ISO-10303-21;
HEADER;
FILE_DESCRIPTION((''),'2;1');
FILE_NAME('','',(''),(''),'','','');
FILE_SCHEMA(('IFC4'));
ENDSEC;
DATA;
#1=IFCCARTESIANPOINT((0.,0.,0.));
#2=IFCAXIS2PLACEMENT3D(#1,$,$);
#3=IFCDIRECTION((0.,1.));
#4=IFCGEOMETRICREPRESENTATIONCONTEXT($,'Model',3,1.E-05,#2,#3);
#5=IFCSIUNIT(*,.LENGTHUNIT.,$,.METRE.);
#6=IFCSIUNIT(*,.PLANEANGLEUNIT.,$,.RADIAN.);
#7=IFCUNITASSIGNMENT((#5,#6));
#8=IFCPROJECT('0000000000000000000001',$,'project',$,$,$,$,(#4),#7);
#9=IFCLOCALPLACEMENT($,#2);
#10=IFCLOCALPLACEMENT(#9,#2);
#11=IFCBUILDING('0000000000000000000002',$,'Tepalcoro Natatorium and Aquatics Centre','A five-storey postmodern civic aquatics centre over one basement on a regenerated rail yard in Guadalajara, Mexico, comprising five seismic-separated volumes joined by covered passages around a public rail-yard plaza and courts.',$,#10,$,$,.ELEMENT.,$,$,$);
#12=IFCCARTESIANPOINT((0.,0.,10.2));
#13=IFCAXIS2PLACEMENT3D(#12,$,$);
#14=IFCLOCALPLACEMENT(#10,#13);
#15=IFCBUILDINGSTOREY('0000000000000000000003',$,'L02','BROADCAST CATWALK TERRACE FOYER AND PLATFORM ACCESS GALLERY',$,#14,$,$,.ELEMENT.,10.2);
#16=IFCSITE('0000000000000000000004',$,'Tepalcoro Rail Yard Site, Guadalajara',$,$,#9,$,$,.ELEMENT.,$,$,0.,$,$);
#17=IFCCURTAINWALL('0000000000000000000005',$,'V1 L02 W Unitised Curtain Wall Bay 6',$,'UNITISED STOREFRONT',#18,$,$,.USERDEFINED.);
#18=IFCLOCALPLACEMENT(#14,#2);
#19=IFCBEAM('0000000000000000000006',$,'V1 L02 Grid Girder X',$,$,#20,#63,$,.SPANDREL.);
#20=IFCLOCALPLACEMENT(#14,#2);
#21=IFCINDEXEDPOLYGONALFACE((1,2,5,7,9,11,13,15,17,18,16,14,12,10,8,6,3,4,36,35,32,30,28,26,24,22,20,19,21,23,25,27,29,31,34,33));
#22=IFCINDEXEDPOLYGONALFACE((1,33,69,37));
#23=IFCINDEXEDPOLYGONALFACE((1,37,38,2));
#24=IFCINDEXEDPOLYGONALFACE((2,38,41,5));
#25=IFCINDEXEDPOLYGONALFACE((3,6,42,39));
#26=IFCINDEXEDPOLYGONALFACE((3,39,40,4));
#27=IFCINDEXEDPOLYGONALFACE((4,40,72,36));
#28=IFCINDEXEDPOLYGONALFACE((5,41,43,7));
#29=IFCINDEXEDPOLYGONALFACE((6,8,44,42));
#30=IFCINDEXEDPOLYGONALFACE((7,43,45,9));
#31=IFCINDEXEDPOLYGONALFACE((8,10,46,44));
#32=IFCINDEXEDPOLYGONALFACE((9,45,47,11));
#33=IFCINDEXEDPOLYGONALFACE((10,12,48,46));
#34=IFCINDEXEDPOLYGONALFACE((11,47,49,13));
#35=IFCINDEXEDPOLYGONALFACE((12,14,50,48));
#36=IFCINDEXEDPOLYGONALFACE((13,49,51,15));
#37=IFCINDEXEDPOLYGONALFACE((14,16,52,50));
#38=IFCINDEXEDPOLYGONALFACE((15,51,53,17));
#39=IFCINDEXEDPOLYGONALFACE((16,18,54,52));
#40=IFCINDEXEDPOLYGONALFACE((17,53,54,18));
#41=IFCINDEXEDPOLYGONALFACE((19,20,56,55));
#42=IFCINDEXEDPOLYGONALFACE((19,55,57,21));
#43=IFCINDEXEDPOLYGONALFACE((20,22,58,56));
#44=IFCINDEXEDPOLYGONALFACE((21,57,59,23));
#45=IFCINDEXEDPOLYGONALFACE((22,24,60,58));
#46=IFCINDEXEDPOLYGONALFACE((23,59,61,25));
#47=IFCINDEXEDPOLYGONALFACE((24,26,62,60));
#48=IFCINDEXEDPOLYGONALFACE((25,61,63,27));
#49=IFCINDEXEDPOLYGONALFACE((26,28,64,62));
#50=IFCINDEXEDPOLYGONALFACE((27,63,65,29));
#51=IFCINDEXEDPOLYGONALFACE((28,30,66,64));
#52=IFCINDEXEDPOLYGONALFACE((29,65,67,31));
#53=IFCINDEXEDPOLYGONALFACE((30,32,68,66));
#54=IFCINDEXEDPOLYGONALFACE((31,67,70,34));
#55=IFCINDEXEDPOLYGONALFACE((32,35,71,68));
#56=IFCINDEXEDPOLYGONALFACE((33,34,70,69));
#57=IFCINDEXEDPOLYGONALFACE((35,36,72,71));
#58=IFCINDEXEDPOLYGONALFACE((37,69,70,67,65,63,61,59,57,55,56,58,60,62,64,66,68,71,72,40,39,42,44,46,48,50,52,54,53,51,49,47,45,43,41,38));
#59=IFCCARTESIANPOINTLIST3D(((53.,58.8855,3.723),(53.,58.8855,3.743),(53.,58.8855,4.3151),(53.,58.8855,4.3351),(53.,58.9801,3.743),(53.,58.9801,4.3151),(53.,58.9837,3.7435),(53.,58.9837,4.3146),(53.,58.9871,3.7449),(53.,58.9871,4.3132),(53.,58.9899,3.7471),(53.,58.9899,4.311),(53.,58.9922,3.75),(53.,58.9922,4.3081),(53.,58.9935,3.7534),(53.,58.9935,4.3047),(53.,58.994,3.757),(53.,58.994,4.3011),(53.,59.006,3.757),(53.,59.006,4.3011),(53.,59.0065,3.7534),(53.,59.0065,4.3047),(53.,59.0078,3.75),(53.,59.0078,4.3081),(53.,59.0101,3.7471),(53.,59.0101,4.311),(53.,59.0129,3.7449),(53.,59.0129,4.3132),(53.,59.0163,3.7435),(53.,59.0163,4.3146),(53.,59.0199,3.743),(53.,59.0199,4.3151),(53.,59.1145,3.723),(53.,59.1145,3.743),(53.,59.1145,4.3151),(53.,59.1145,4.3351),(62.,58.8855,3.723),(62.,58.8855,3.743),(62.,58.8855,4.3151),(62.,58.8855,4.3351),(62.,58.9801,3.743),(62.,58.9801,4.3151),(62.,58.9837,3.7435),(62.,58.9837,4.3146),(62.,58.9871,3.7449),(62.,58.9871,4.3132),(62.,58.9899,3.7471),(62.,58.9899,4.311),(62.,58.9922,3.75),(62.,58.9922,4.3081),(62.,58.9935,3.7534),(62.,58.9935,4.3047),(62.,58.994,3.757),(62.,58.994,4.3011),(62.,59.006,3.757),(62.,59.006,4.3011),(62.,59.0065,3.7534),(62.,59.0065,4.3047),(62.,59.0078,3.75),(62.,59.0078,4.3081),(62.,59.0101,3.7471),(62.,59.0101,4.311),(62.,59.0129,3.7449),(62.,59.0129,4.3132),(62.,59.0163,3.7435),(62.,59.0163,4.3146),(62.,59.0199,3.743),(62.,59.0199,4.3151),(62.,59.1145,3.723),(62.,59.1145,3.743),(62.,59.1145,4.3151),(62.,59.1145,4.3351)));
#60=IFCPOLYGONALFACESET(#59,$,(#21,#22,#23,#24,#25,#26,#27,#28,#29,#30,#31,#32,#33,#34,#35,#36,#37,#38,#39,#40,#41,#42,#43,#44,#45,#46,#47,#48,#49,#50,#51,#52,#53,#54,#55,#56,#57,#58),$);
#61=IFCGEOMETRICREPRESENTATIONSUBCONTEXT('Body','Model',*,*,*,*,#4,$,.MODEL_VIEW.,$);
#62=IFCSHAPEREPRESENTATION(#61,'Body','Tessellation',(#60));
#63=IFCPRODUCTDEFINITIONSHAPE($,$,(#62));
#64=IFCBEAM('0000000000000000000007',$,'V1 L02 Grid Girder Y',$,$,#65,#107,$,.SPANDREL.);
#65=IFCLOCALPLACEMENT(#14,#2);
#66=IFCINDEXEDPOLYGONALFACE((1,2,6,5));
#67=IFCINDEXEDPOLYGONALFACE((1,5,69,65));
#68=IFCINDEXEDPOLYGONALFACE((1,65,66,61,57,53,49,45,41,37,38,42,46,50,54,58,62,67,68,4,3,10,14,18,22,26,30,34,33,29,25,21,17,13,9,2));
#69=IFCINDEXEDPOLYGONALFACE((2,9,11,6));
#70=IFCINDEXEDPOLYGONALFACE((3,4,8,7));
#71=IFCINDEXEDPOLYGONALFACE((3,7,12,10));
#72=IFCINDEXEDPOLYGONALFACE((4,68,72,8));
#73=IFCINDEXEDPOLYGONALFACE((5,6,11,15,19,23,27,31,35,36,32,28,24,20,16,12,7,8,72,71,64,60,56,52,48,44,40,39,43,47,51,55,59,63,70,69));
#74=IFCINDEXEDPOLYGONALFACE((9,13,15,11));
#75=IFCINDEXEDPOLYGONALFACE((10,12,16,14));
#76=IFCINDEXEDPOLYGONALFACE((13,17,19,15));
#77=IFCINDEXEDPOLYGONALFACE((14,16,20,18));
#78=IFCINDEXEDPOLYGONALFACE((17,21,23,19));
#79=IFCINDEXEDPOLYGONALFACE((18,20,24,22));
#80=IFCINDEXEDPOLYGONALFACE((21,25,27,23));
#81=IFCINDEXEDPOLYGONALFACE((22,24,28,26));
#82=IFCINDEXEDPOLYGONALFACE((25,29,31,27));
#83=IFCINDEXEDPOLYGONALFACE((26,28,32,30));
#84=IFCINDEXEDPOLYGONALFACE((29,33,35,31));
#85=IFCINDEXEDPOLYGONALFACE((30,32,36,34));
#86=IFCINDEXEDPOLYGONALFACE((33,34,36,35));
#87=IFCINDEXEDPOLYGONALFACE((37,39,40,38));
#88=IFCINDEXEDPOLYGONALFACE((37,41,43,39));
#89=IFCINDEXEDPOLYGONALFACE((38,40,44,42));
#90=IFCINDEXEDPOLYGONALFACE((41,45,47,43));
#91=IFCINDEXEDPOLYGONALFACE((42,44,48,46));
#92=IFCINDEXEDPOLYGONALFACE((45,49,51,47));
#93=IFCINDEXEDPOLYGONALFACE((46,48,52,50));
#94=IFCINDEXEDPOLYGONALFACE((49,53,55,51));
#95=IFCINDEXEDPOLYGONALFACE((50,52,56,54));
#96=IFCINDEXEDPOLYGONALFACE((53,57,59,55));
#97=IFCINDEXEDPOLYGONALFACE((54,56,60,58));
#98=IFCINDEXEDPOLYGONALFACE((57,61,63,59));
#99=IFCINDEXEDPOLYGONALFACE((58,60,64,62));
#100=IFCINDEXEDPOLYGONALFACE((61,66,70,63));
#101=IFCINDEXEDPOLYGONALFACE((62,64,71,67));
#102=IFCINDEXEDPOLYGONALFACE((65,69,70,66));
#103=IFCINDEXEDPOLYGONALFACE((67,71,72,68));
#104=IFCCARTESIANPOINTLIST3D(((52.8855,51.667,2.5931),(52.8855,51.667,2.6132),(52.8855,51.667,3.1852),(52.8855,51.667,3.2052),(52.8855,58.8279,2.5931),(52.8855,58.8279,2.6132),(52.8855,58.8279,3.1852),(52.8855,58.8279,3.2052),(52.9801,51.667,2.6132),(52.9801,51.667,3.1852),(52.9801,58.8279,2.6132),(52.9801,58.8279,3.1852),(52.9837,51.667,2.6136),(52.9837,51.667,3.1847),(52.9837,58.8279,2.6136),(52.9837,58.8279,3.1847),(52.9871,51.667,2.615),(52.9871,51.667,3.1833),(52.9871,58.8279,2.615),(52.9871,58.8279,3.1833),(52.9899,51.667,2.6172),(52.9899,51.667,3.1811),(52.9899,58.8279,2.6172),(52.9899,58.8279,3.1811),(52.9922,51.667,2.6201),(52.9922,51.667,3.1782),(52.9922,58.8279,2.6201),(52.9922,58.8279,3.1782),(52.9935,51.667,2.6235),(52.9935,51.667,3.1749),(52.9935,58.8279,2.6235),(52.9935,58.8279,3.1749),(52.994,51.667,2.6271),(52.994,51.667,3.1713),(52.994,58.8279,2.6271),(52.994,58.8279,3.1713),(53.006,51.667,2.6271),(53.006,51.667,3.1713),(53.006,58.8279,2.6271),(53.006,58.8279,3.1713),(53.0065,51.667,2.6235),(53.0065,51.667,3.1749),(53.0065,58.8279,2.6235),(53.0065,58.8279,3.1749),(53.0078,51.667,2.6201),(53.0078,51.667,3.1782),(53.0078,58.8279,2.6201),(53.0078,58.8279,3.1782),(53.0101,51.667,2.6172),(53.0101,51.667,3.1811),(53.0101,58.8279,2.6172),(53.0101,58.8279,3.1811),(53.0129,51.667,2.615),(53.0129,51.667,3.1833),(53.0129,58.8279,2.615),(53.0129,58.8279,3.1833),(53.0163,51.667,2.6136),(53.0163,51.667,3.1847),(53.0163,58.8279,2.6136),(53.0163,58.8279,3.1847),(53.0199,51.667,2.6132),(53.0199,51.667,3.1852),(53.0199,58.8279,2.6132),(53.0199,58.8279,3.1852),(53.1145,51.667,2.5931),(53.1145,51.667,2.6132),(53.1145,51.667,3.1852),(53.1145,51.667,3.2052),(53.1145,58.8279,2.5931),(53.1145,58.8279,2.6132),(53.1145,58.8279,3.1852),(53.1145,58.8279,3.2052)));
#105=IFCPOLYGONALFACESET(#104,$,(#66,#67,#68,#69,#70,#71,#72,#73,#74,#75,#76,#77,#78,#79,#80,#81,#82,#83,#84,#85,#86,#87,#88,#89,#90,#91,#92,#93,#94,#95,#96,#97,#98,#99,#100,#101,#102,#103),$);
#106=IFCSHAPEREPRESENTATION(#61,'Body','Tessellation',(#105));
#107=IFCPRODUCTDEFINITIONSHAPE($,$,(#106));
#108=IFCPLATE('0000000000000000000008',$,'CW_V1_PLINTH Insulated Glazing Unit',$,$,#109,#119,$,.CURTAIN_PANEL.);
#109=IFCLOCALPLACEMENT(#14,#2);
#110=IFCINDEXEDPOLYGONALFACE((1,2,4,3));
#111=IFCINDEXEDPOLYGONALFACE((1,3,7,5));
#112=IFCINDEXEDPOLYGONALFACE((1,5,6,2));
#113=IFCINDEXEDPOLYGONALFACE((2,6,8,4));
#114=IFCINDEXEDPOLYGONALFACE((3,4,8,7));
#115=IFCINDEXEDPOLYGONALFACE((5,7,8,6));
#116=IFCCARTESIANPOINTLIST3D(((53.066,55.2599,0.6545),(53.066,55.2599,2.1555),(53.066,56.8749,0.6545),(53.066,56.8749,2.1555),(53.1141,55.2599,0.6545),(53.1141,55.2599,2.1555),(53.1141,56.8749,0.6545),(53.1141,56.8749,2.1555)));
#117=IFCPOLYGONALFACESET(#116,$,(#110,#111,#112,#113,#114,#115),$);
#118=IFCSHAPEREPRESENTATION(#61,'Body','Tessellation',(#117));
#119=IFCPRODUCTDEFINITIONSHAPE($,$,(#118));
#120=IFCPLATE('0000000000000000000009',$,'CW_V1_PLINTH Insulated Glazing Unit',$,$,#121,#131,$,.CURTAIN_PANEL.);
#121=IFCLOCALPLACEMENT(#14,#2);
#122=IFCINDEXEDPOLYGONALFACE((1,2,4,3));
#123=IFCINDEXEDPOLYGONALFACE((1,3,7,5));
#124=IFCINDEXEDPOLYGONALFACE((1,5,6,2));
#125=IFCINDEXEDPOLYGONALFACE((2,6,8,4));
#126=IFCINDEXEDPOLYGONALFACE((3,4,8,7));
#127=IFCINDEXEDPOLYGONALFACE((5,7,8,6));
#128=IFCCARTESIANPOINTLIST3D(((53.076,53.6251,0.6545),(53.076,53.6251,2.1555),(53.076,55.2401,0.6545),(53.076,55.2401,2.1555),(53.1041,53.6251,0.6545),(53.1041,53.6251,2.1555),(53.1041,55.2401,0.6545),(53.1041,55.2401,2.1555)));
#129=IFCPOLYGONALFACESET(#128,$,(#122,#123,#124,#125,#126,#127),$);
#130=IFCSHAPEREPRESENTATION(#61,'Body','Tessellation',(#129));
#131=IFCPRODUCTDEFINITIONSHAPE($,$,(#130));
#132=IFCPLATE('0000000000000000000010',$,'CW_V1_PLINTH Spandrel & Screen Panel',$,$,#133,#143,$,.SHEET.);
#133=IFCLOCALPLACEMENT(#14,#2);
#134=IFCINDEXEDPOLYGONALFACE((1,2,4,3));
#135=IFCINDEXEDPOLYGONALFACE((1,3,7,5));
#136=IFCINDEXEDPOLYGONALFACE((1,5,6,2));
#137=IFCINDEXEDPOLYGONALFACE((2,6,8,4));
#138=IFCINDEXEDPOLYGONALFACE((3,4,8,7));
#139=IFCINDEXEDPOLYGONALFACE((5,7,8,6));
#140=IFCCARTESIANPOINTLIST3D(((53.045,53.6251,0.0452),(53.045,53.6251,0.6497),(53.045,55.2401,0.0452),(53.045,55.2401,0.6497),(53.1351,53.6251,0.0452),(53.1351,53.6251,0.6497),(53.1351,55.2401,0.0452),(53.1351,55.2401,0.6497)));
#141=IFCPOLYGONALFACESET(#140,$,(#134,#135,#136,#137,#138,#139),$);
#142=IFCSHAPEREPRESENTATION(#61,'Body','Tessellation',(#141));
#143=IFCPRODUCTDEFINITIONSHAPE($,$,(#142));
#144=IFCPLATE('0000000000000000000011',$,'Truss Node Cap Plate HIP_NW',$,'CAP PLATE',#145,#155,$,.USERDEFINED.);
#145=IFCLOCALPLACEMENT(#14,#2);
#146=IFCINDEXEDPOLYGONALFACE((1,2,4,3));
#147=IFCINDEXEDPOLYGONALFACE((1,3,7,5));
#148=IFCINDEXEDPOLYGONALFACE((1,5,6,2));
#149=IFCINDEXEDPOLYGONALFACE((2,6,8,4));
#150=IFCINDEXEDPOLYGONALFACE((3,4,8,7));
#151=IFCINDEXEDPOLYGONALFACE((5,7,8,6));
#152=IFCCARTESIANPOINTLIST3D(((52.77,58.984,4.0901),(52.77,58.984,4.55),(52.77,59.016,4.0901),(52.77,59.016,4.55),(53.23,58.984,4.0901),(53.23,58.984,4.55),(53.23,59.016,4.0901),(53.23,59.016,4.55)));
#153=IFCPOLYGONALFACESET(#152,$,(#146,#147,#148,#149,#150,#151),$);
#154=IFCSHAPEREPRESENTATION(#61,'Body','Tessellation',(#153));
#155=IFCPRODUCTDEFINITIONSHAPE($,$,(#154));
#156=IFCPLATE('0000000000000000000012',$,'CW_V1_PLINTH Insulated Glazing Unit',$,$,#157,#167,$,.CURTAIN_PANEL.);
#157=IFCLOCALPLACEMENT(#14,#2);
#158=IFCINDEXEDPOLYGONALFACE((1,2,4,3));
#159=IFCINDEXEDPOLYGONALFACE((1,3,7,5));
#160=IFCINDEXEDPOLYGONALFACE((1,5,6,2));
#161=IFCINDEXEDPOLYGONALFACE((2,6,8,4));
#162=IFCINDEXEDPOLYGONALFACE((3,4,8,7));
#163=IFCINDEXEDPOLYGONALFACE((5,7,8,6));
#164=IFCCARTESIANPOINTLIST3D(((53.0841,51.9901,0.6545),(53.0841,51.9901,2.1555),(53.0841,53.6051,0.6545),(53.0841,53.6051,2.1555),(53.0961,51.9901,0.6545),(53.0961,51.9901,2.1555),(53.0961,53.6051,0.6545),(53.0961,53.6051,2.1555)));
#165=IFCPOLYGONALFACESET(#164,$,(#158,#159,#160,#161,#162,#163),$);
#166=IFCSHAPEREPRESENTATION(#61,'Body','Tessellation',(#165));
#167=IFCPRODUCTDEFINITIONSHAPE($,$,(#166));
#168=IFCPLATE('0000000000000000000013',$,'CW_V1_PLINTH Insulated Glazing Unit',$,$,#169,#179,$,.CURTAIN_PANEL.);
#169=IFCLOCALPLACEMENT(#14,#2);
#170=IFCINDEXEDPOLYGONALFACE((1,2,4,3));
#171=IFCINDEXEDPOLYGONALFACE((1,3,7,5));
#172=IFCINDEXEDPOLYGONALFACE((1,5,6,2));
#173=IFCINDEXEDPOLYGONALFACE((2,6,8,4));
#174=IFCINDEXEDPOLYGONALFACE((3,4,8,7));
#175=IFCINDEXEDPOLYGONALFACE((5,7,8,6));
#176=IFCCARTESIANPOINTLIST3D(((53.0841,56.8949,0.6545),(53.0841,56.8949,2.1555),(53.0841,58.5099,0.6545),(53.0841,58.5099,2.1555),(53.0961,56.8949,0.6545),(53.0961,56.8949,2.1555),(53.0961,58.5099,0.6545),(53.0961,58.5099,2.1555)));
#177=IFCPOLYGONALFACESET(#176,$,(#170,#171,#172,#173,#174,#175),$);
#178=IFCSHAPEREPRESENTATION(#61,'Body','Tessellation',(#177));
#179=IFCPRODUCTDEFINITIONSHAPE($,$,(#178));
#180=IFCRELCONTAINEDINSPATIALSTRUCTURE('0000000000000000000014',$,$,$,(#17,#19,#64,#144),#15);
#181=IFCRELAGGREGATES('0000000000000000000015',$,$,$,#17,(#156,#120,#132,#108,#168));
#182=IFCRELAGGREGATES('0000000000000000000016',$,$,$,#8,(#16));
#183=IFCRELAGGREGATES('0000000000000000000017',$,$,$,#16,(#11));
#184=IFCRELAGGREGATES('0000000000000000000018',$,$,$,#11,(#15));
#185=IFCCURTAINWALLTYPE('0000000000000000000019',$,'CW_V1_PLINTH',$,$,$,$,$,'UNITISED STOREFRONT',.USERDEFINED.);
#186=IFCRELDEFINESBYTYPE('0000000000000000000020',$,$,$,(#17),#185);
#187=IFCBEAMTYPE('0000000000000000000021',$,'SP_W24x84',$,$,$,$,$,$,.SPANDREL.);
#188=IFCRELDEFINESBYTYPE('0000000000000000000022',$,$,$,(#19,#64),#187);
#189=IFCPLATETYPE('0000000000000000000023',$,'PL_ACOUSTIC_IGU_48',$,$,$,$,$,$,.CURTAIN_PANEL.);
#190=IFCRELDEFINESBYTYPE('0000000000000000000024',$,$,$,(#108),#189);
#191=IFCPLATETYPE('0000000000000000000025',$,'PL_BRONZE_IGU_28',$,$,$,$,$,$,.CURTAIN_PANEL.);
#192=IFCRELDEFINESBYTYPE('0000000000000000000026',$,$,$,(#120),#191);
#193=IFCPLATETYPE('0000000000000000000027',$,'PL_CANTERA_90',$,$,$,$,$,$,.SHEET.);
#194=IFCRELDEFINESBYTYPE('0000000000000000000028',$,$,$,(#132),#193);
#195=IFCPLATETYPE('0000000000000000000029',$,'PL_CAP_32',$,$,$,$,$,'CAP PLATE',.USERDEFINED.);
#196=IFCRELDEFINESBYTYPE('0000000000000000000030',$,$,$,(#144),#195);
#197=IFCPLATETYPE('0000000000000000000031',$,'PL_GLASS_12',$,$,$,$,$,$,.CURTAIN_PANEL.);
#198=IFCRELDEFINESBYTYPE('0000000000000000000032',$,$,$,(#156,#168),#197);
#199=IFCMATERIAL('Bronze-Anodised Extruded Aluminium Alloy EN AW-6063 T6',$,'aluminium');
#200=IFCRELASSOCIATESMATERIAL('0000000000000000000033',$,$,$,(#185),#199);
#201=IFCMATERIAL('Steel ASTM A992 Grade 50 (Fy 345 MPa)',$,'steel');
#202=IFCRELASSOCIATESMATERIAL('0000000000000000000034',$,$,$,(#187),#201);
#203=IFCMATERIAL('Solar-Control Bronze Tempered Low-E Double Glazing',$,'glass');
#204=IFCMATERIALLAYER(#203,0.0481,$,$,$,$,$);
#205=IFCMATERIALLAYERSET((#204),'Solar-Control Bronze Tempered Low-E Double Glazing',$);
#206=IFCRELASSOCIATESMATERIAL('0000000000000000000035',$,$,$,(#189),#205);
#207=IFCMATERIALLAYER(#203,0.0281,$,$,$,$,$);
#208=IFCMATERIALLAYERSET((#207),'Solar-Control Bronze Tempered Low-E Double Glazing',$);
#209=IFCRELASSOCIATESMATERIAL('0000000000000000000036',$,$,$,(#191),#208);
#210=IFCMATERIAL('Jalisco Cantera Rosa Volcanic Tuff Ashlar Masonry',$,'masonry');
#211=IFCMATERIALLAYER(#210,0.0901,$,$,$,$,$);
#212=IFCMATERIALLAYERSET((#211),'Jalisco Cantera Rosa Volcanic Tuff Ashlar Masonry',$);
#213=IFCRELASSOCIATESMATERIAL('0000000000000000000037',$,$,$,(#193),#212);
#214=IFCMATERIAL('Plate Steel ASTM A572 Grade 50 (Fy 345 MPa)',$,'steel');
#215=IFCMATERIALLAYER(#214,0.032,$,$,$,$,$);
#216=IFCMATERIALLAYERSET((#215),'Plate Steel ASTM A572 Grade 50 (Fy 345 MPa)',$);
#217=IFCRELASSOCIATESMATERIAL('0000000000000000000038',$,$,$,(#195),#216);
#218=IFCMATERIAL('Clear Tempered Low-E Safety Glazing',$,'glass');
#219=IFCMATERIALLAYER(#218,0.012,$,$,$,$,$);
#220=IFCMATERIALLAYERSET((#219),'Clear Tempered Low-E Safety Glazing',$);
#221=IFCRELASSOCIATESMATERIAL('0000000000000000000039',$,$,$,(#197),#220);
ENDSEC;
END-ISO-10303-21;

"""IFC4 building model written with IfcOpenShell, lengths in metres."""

from ifc_helpers import new_model, si_unit, direction, frame, origin, origin_2d, place, context, subcontext, project, spatial, rectangle, i_section, extrude, material, layer, layer_set, material_profile, profile_set, type_object, element, aggregate, save


model = new_model("IFC4")

# Units and contexts
model_context = context("Model", 3, precision=1e-05, world=origin(), true_north=direction((0.0, 1.0)))
body_context = subcontext(model_context, "Body", "Model", "MODEL_VIEW")
ifc_project = project(units=[si_unit("LENGTHUNIT", "METRE"), si_unit("PLANEANGLEUNIT", "RADIAN")], contexts=[model_context])

# Site, building, storey
site_placement = place(None, origin())
site = spatial("IfcSite", under=ifc_project, at=site_placement, Name="Tepalcoro Rail Yard Site, Guadalajara", CompositionType="ELEMENT", RefElevation=0.0)
building_placement = place(site_placement, origin())
building = spatial("IfcBuilding", under=site, at=building_placement, Name="Tepalcoro Natatorium and Aquatics Centre", Description="A five-storey postmodern civic aquatics centre over one basement on a regenerated rail yard in Guadalajara, Mexico, comprising five seismic-separated volumes joined by covered passages around a public rail-yard plaza and courts.", CompositionType="ELEMENT")
storey_placement = place(building_placement, frame((0.0, 0.0, 10.2)))
storey = spatial("IfcBuildingStorey", under=building, at=storey_placement, Name="L02", Description="BROADCAST CATWALK TERRACE FOYER AND PLATFORM ACCESS GALLERY", CompositionType="ELEMENT", Elevation=10.2)

# Shared definitions
ifc_material_1 = material(Name="Steel ASTM A992 Grade 50 (Fy 345 MPa)", Category="steel")

# Curtain wall
ifc_material_2 = material(Name="Bronze-Anodised Extruded Aluminium Alloy EN AW-6063 T6", Category="aluminium")
curtain_wall_type = type_object("IfcCurtainWallType", Name="CW_V1_PLINTH", ElementType="UNITISED STOREFRONT", PredefinedType="USERDEFINED", material=ifc_material_2)
curtain_wall_placement = place(storey_placement, origin())
curtain_wall = element("IfcCurtainWall", 1, at=curtain_wall_placement, inside=storey, type_object=curtain_wall_type, Name="V1 L02 W Unitised Curtain Wall Bay 6", ObjectType="UNITISED STOREFRONT", PredefinedType="USERDEFINED")

# Beams
ifc_material_profile_1 = material_profile(ifc_material_1, i_section(OverallWidth=0.229, OverallDepth=0.6121, WebThickness=0.012, FlangeThickness=0.02, FilletRadius=0.0139, at=origin_2d()), Name="W24X84")
ifc_profile_set_1 = profile_set([ifc_material_profile_1], Name="Steel ASTM A992 Grade 50 (Fy 345 MPa)")
beam_type_1 = type_object("IfcBeamType", Name="SP_W24x84", PredefinedType="SPANDREL", material=ifc_profile_set_1)
beam_1_placement = place(storey_placement, frame((53.0, 59.0, 4.0291), z_axis=(1.0, 0.0, 0.0), x_axis=(0.0, 1.0, 0.0)))
element("IfcBeam", 2, at=beam_1_placement, inside=storey, type_object=beam_type_1, Name="V1 L02 Grid Girder X", PredefinedType="SPANDREL", context=body_context, shape_type="SweptSolid", body=[
    extrude(i_section(OverallWidth=0.229, OverallDepth=0.6121, WebThickness=0.012, FlangeThickness=0.02, FilletRadius=0.0139, at=origin_2d()), origin(), (0.0, 0.0, 1.0), 9.0),
])
beam_2_placement = place(storey_placement, frame((53.0, 51.667, 2.8992), z_axis=(0.0, 1.0, 0.0), x_axis=(-1.0, 0.0, 0.0)))
element("IfcBeam", 3, at=beam_2_placement, inside=storey, type_object=beam_type_1, Name="V1 L02 Grid Girder Y", PredefinedType="SPANDREL", context=body_context, shape_type="SweptSolid", body=[
    extrude(i_section(OverallWidth=0.229, OverallDepth=0.6121, WebThickness=0.012, FlangeThickness=0.02, FilletRadius=0.0139, at=origin_2d()), origin(), (0.0, 0.0, 1.0), 7.1609),
])

# Plates
ifc_material_3 = material(Name="Solar-Control Bronze Tempered Low-E Double Glazing", Category="glass")
ifc_layer_1 = layer(ifc_material_3, 0.0481)
ifc_layer_set_1 = layer_set([ifc_layer_1], Name="Solar-Control Bronze Tempered Low-E Double Glazing")
plate_type_1 = type_object("IfcPlateType", Name="PL_ACOUSTIC_IGU_48", PredefinedType="CURTAIN_PANEL", material=ifc_layer_set_1)
plate_1_placement = place(storey_placement, frame((53.0901, 56.0674, 0.6545), z_axis=(0.0, 0.0, 1.0), x_axis=(1.0, 0.0, 0.0)))
plate_1 = element("IfcPlate", 4, at=plate_1_placement, type_object=plate_type_1, Name="CW_V1_PLINTH Insulated Glazing Unit", PredefinedType="CURTAIN_PANEL", context=body_context, shape_type="SweptSolid", body=[
    extrude(rectangle(XDim=0.0481, YDim=1.615, at=origin_2d()), origin(), (0.0, 0.0, 1.0), 1.501),
])
ifc_layer_2 = layer(ifc_material_3, 0.0281)
ifc_layer_set_2 = layer_set([ifc_layer_2], Name="Solar-Control Bronze Tempered Low-E Double Glazing")
plate_type_2 = type_object("IfcPlateType", Name="PL_BRONZE_IGU_28", PredefinedType="CURTAIN_PANEL", material=ifc_layer_set_2)
plate_2_placement = place(storey_placement, frame((53.0901, 54.4326, 0.6545), z_axis=(0.0, 0.0, 1.0), x_axis=(1.0, 0.0, 0.0)))
plate_2 = element("IfcPlate", 5, at=plate_2_placement, type_object=plate_type_2, Name="CW_V1_PLINTH Insulated Glazing Unit", PredefinedType="CURTAIN_PANEL", context=body_context, shape_type="SweptSolid", body=[
    extrude(rectangle(XDim=0.0281, YDim=1.615, at=origin_2d()), origin(), (0.0, 0.0, 1.0), 1.501),
])
ifc_material_4 = material(Name="Jalisco Cantera Rosa Volcanic Tuff Ashlar Masonry", Category="masonry")
ifc_layer_3 = layer(ifc_material_4, 0.0901)
ifc_layer_set_3 = layer_set([ifc_layer_3], Name="Jalisco Cantera Rosa Volcanic Tuff Ashlar Masonry")
plate_type_3 = type_object("IfcPlateType", Name="PL_CANTERA_90", PredefinedType="SHEET", material=ifc_layer_set_3)
plate_3_placement = place(storey_placement, frame((53.0901, 54.4326, 0.0452), z_axis=(0.0, 0.0, 1.0), x_axis=(1.0, 0.0, 0.0)))
plate_3 = element("IfcPlate", 6, at=plate_3_placement, type_object=plate_type_3, Name="CW_V1_PLINTH Spandrel & Screen Panel", PredefinedType="SHEET", context=body_context, shape_type="SweptSolid", body=[
    extrude(rectangle(XDim=0.0901, YDim=1.615, at=origin_2d()), origin(), (0.0, 0.0, 1.0), 0.6045),
])
ifc_material_5 = material(Name="Plate Steel ASTM A572 Grade 50 (Fy 345 MPa)", Category="steel")
ifc_layer_4 = layer(ifc_material_5, 0.032)
ifc_layer_set_4 = layer_set([ifc_layer_4], Name="Plate Steel ASTM A572 Grade 50 (Fy 345 MPa)")
plate_type_4 = type_object("IfcPlateType", Name="PL_CAP_32", ElementType="CAP PLATE", PredefinedType="USERDEFINED", material=ifc_layer_set_4)
plate_4_placement = place(storey_placement, frame((53.0, 59.0, 4.0901), z_axis=(0.0, 0.0, 1.0), x_axis=(1.0, 0.0, 0.0)))
element("IfcPlate", 7, at=plate_4_placement, inside=storey, type_object=plate_type_4, Name="Truss Node Cap Plate HIP_NW", ObjectType="CAP PLATE", PredefinedType="USERDEFINED", context=body_context, shape_type="SweptSolid", body=[
    extrude(rectangle(XDim=0.46, YDim=0.032, at=origin_2d()), origin(), (0.0, 0.0, 1.0), 0.46),
])
ifc_material_6 = material(Name="Clear Tempered Low-E Safety Glazing", Category="glass")
ifc_layer_5 = layer(ifc_material_6, 0.012)
ifc_layer_set_5 = layer_set([ifc_layer_5], Name="Clear Tempered Low-E Safety Glazing")
plate_type_5 = type_object("IfcPlateType", Name="PL_GLASS_12", PredefinedType="CURTAIN_PANEL", material=ifc_layer_set_5)
plate_5_placement = place(storey_placement, frame((53.0901, 52.7976, 0.6545), z_axis=(0.0, 0.0, 1.0), x_axis=(1.0, 0.0, 0.0)))
plate_5 = element("IfcPlate", 8, at=plate_5_placement, type_object=plate_type_5, Name="CW_V1_PLINTH Insulated Glazing Unit", PredefinedType="CURTAIN_PANEL", context=body_context, shape_type="SweptSolid", body=[
    extrude(rectangle(XDim=0.012, YDim=1.615, at=origin_2d()), origin(), (0.0, 0.0, 1.0), 1.501),
])
plate_6_placement = place(storey_placement, frame((53.0901, 57.7024, 0.6545), z_axis=(0.0, 0.0, 1.0), x_axis=(1.0, 0.0, 0.0)))
plate_6 = element("IfcPlate", 9, at=plate_6_placement, type_object=plate_type_5, Name="CW_V1_PLINTH Insulated Glazing Unit", PredefinedType="CURTAIN_PANEL", context=body_context, shape_type="SweptSolid", body=[
    extrude(rectangle(XDim=0.012, YDim=1.615, at=origin_2d()), origin(), (0.0, 0.0, 1.0), 1.501),
])

aggregate(curtain_wall, [plate_5, plate_2, plate_3, plate_1, plate_6])

save(model, "model.ifc")
